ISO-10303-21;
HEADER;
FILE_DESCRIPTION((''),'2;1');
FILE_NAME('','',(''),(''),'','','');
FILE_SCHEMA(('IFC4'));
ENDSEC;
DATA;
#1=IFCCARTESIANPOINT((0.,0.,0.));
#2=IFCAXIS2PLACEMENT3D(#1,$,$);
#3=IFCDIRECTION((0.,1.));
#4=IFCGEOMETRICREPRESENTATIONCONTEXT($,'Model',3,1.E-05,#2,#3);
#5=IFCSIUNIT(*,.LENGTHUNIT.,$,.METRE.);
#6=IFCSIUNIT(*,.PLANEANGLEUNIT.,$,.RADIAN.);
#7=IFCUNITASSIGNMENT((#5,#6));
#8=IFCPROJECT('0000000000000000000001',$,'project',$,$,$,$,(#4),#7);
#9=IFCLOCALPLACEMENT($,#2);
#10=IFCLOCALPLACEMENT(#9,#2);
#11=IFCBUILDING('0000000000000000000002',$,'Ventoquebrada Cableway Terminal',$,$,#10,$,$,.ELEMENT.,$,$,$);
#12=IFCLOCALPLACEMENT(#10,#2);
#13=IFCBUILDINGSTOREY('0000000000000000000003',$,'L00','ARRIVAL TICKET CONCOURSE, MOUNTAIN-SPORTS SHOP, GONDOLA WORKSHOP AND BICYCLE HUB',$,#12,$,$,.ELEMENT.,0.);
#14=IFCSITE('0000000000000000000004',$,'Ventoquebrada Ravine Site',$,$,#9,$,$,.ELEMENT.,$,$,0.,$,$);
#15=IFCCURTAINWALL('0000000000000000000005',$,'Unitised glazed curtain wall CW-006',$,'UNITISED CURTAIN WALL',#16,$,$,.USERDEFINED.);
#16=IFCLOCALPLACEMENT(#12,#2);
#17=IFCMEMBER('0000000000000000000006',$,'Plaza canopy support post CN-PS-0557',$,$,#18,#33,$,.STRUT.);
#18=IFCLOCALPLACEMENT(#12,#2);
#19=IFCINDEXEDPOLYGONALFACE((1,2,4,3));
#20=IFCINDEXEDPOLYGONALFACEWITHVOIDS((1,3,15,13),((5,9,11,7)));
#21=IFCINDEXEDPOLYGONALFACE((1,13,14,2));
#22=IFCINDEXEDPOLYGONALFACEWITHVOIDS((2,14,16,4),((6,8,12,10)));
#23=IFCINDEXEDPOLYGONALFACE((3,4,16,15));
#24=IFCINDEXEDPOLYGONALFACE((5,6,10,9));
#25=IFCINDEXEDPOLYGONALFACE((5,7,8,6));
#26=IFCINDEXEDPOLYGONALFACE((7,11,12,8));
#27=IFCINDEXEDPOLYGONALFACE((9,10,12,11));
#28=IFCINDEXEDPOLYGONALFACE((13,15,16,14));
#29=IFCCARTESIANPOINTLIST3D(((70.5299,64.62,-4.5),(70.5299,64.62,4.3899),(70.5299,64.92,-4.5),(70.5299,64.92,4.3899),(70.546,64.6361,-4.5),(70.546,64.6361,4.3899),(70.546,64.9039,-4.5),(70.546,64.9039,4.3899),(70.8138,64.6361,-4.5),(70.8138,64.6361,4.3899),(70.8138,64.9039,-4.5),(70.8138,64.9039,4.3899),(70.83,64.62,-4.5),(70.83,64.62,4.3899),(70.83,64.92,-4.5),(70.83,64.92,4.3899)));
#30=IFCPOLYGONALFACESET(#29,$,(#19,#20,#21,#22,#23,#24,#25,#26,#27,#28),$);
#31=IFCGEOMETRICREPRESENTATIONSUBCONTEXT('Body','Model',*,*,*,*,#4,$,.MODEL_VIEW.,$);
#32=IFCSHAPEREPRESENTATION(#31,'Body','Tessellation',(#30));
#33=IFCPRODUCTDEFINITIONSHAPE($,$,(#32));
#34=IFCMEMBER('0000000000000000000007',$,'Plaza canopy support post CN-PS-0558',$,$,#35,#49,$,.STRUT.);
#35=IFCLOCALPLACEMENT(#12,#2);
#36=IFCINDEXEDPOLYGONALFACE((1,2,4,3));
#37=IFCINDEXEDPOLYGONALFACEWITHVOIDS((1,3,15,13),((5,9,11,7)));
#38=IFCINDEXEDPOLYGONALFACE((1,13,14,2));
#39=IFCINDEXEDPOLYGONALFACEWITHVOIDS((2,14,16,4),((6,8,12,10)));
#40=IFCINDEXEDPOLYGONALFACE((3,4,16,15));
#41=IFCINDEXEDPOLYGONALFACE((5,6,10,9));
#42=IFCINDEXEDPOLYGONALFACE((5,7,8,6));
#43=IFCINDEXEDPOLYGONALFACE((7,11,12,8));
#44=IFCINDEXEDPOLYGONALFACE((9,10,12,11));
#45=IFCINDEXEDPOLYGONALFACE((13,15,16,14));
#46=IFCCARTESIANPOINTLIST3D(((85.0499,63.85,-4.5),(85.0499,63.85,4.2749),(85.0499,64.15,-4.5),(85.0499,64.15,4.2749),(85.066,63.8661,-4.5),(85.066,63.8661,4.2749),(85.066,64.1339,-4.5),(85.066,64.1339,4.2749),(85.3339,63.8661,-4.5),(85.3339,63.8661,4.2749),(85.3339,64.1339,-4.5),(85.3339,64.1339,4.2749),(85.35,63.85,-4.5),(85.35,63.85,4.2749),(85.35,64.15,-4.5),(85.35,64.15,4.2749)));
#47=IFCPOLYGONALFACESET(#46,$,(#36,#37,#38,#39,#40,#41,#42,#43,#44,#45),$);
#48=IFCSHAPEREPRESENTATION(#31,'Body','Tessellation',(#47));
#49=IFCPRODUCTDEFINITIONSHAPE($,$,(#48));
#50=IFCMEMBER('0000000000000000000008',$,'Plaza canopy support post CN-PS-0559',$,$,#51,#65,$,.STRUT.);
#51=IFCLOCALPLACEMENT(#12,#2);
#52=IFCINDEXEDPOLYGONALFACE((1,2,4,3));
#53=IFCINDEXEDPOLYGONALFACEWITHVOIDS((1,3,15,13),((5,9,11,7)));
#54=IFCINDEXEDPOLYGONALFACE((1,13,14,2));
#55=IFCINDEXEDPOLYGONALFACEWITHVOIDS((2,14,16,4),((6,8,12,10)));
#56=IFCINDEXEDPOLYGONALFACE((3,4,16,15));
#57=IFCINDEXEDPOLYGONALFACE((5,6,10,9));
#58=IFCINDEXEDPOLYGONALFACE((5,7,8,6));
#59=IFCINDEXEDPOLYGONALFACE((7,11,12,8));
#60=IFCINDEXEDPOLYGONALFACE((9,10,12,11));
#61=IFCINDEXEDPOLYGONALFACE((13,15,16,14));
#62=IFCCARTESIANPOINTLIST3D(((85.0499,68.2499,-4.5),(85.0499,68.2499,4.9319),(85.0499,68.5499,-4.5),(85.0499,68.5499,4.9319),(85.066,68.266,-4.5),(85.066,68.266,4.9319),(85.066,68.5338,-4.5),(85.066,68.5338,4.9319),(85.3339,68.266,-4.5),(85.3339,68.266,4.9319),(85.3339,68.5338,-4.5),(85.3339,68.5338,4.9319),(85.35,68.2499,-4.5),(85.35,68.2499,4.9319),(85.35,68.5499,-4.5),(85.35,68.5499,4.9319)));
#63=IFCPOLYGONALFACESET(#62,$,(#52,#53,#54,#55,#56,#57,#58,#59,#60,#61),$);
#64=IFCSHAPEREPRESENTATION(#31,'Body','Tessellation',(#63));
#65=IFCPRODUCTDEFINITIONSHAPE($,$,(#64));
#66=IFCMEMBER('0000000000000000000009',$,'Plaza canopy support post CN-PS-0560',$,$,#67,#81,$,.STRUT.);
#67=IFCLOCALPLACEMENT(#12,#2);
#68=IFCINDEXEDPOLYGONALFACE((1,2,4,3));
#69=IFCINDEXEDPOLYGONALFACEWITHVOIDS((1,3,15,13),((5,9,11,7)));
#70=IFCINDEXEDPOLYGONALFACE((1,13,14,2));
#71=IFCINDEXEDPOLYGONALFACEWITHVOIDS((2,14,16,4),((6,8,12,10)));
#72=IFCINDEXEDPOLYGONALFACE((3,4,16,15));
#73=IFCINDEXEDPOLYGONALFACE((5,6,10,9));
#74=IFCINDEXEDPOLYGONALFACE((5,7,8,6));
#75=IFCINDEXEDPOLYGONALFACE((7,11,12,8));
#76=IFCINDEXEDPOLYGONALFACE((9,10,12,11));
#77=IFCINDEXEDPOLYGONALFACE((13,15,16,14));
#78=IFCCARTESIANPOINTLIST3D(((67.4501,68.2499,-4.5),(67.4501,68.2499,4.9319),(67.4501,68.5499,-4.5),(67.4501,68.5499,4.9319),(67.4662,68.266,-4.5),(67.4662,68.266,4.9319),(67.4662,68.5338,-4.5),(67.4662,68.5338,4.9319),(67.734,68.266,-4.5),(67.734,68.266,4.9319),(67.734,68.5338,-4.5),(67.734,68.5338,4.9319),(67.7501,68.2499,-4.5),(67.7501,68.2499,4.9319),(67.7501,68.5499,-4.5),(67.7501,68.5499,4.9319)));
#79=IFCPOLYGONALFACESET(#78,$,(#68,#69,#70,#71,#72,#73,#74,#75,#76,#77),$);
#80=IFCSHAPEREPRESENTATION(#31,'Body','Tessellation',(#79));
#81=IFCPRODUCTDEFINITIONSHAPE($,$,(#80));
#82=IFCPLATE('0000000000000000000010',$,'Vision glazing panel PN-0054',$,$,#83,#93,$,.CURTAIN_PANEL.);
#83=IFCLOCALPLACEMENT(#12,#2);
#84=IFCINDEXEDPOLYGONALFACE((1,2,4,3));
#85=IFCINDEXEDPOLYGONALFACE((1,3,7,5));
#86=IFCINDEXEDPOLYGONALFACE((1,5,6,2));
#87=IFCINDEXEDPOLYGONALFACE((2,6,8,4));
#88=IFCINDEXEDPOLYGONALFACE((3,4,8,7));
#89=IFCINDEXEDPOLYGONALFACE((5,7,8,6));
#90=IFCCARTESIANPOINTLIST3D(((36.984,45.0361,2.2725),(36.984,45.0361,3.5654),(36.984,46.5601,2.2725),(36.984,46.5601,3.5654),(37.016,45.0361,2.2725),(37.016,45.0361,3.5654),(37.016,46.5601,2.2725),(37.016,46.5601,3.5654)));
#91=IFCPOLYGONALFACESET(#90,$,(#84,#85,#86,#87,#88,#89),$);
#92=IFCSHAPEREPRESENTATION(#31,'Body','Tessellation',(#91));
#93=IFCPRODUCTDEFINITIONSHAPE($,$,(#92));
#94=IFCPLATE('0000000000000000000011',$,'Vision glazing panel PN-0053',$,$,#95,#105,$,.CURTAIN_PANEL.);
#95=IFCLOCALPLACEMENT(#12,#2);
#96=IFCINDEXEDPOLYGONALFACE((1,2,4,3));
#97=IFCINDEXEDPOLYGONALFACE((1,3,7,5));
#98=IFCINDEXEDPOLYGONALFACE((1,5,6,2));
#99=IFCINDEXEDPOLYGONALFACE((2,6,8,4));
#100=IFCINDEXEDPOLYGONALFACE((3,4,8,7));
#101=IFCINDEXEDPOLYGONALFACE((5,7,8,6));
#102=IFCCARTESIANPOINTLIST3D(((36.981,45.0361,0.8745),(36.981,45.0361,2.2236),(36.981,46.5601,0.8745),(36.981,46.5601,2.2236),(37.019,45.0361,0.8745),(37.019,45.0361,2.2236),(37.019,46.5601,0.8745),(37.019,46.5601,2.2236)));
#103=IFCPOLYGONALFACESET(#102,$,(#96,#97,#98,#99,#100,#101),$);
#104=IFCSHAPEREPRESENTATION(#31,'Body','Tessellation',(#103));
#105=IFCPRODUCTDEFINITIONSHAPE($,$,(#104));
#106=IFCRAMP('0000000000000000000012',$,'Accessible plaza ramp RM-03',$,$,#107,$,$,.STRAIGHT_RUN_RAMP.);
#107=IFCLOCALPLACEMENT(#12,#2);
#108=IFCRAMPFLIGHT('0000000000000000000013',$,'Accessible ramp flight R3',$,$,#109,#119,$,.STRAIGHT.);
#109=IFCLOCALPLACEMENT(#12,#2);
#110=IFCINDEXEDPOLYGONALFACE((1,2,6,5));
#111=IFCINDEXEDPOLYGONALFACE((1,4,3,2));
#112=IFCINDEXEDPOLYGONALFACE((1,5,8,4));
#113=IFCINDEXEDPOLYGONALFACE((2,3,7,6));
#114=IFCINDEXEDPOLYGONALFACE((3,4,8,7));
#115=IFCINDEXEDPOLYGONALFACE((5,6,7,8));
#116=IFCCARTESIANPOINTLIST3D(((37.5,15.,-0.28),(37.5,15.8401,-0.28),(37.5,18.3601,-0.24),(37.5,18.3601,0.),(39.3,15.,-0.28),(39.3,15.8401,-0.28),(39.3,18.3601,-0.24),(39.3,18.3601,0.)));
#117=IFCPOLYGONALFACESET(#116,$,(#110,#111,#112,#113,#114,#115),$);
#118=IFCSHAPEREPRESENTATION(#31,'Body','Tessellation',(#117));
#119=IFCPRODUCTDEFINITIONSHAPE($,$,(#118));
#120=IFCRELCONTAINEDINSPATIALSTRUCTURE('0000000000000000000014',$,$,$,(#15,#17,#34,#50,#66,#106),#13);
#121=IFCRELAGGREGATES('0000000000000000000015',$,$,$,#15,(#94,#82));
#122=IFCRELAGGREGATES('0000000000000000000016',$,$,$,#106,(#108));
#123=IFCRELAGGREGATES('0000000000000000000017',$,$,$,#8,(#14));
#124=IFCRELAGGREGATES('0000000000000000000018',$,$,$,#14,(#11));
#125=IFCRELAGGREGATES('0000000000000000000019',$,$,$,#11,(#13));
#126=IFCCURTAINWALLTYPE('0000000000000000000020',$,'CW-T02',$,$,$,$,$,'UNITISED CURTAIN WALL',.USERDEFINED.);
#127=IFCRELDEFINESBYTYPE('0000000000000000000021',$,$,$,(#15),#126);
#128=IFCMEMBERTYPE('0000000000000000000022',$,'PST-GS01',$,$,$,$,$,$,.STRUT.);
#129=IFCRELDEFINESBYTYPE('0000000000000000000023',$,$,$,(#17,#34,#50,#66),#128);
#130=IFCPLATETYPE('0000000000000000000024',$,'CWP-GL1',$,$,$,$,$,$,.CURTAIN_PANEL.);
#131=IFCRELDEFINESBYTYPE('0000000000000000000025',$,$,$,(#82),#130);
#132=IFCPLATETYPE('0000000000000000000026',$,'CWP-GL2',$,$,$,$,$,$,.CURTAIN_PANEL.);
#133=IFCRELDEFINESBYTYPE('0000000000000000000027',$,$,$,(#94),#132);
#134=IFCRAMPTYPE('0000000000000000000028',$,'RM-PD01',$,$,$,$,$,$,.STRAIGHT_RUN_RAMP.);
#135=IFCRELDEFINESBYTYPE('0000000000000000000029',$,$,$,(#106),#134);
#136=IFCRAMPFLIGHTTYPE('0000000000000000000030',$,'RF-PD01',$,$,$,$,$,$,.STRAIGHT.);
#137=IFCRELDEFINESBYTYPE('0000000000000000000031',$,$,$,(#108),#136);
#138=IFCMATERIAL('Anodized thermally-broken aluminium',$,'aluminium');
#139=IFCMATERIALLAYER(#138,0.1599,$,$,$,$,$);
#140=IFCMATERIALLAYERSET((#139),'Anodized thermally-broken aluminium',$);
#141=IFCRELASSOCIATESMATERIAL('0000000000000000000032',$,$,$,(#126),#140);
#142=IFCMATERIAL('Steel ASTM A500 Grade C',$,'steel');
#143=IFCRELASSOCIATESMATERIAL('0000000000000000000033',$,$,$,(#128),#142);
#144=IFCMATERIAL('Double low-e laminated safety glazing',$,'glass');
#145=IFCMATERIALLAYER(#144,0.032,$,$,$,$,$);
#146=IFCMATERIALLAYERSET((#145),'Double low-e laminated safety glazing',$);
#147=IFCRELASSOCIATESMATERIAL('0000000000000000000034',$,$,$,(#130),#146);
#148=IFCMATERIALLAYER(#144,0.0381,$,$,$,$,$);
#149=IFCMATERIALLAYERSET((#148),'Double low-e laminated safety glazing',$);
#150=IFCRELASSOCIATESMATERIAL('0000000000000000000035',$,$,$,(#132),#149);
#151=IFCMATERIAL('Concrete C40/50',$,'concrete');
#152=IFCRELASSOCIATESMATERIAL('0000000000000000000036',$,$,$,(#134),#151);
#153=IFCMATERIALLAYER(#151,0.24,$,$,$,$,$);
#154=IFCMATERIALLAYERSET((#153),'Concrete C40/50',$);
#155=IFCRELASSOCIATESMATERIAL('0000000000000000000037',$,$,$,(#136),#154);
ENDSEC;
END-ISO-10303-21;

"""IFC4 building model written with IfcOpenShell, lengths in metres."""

from ifc_helpers import new_model, si_unit, direction, frame, origin, origin_2d, place, context, subcontext, project, spatial, polyline, rectangle, hollow_rectangle, outline, extrude, material, layer, layer_set, material_profile, profile_set, type_object, element, aggregate, save


model = new_model("IFC4")

# Units and contexts
model_context = context("Model", 3, precision=1e-05, world=origin(), true_north=direction((0.0, 1.0)))
body_context = subcontext(model_context, "Body", "Model", "MODEL_VIEW")
ifc_project = project(units=[si_unit("LENGTHUNIT", "METRE"), si_unit("PLANEANGLEUNIT", "RADIAN")], contexts=[model_context])

# Site, building, storey
site_placement = place(None, origin())
site = spatial("IfcSite", under=ifc_project, at=site_placement, Name="Ventoquebrada Ravine Site", CompositionType="ELEMENT", RefElevation=0.0)
building_placement = place(site_placement, origin())
building = spatial("IfcBuilding", under=site, at=building_placement, Name="Ventoquebrada Cableway Terminal", CompositionType="ELEMENT")
storey_placement = place(building_placement, origin())
storey = spatial("IfcBuildingStorey", under=building, at=storey_placement, Name="L00", Description="ARRIVAL TICKET CONCOURSE, MOUNTAIN-SPORTS SHOP, GONDOLA WORKSHOP AND BICYCLE HUB", CompositionType="ELEMENT", Elevation=0.0)

# Shared definitions
ifc_material_1 = material(Name="Concrete C40/50", Category="concrete")

# Curtain wall
ifc_material_2 = material(Name="Anodized thermally-broken aluminium", Category="aluminium")
ifc_layer_1 = layer(ifc_material_2, 0.1599)
ifc_layer_set_1 = layer_set([ifc_layer_1], Name="Anodized thermally-broken aluminium")
curtain_wall_type = type_object("IfcCurtainWallType", Name="CW-T02", ElementType="UNITISED CURTAIN WALL", PredefinedType="USERDEFINED", material=ifc_layer_set_1)
curtain_wall_placement = place(storey_placement, origin())
curtain_wall = element("IfcCurtainWall", 1, at=curtain_wall_placement, inside=storey, type_object=curtain_wall_type, Name="Unitised glazed curtain wall CW-006", ObjectType="UNITISED CURTAIN WALL", PredefinedType="USERDEFINED")

# Members
ifc_material_3 = material(Name="Steel ASTM A500 Grade C", Category="steel")
ifc_material_profile_1 = material_profile(ifc_material_3, hollow_rectangle(XDim=0.3, YDim=0.3, WallThickness=0.0161, at=origin_2d()), Name="HSS300X300X16")
ifc_profile_set_1 = profile_set([ifc_material_profile_1], Name="Steel ASTM A500 Grade C")
member_type_1 = type_object("IfcMemberType", Name="PST-GS01", PredefinedType="STRUT", material=ifc_profile_set_1)
member_1_placement = place(storey_placement, frame((70.6799, 64.77, -4.5), z_axis=(0.0, 0.0, 1.0), x_axis=(1.0, 0.0, 0.0)))
element("IfcMember", 2, at=member_1_placement, inside=storey, type_object=member_type_1, Name="Plaza canopy support post CN-PS-0557", PredefinedType="STRUT", context=body_context, shape_type="SweptSolid", body=[
    extrude(hollow_rectangle(XDim=0.3, YDim=0.3, WallThickness=0.0161, at=origin_2d()), origin(), (0.0, 0.0, 1.0), 8.8899),
])
member_2_placement = place(storey_placement, frame((85.2, 64.0, -4.5), z_axis=(0.0, 0.0, 1.0), x_axis=(1.0, 0.0, 0.0)))
element("IfcMember", 3, at=member_2_placement, inside=storey, type_object=member_type_1, Name="Plaza canopy support post CN-PS-0558", PredefinedType="STRUT", context=body_context, shape_type="SweptSolid", body=[
    extrude(hollow_rectangle(XDim=0.3, YDim=0.3, WallThickness=0.0161, at=origin_2d()), origin(), (0.0, 0.0, 1.0), 8.7749),
])
for number, where, z_axis, x_axis, name in (
    (4, (85.2, 68.3999, -4.5), (0.0, 0.0, 1.0), (1.0, 0.0, 0.0), "Plaza canopy support post CN-PS-0559"),
    (5, (67.6001, 68.3999, -4.5), (0.0, 0.0, 1.0), (1.0, 0.0, 0.0), "Plaza canopy support post CN-PS-0560"),
):
    element("IfcMember", number, at=place(storey_placement, frame(where, z_axis=z_axis, x_axis=x_axis)), inside=storey, type_object=member_type_1, Name=name, PredefinedType="STRUT", context=body_context, shape_type="SweptSolid", body=[
        extrude(hollow_rectangle(XDim=0.3, YDim=0.3, WallThickness=0.0161, at=origin_2d()), origin(), (0.0, 0.0, 1.0), 9.4319),
    ])

# Plates
ifc_material_4 = material(Name="Double low-e laminated safety glazing", Category="glass")
ifc_layer_2 = layer(ifc_material_4, 0.032)
ifc_layer_set_2 = layer_set([ifc_layer_2], Name="Double low-e laminated safety glazing")
plate_type_1 = type_object("IfcPlateType", Name="CWP-GL1", PredefinedType="CURTAIN_PANEL", material=ifc_layer_set_2)
plate_1_placement = place(storey_placement, frame((37.0, 45.7981, 2.2725), z_axis=(0.0, 0.0, 1.0), x_axis=(0.0, 1.0, 0.0)))
plate_1 = element("IfcPlate", 6, at=plate_1_placement, type_object=plate_type_1, Name="Vision glazing panel PN-0054", PredefinedType="CURTAIN_PANEL", context=body_context, shape_type="SweptSolid", body=[
    extrude(rectangle(XDim=1.5239, YDim=0.032, at=origin_2d()), origin(), (0.0, 0.0, 1.0), 1.293),
])
ifc_layer_3 = layer(ifc_material_4, 0.0381)
ifc_layer_set_3 = layer_set([ifc_layer_3], Name="Double low-e laminated safety glazing")
plate_type_2 = type_object("IfcPlateType", Name="CWP-GL2", PredefinedType="CURTAIN_PANEL", material=ifc_layer_set_3)
plate_2_placement = place(storey_placement, frame((37.0, 45.7981, 0.8745), z_axis=(0.0, 0.0, 1.0), x_axis=(0.0, 1.0, 0.0)))
plate_2 = element("IfcPlate", 7, at=plate_2_placement, type_object=plate_type_2, Name="Vision glazing panel PN-0053", PredefinedType="CURTAIN_PANEL", context=body_context, shape_type="SweptSolid", body=[
    extrude(rectangle(XDim=1.5239, YDim=0.0381, at=origin_2d()), origin(), (0.0, 0.0, 1.0), 1.3491),
])
aggregate(curtain_wall, [plate_2, plate_1])

# Ramp, ramp flight
ramp_type = type_object("IfcRampType", Name="RM-PD01", PredefinedType="STRAIGHT_RUN_RAMP", material=ifc_material_1)
ramp_placement = place(storey_placement, origin())
ramp = element("IfcRamp", 8, at=ramp_placement, inside=storey, type_object=ramp_type, Name="Accessible plaza ramp RM-03", PredefinedType="STRAIGHT_RUN_RAMP")
ifc_layer_4 = layer(ifc_material_1, 0.24)
ifc_layer_set_4 = layer_set([ifc_layer_4], Name="Concrete C40/50")
ramp_flight_type = type_object("IfcRampFlightType", Name="RF-PD01", PredefinedType="STRAIGHT", material=ifc_layer_set_4)
ramp_flight_placement = place(storey_placement, frame((38.3999, 15.0, -0.28), z_axis=(0.0, 0.0, 1.0), x_axis=(0.0, 1.0, 0.0)))
ramp_flight = element("IfcRampFlight", 9, at=ramp_flight_placement, type_object=ramp_flight_type, Name="Accessible ramp flight R3", PredefinedType="STRAIGHT", context=body_context, shape_type="SweptSolid", body=[
    extrude(outline(polyline([(0.0, 0.0), (0.8401, 0.0), (3.3601, 0.04), (3.3601, 0.28), (0.0, 0.0)])), frame((0.0, 0.8999, 0.0), z_axis=(0.0, -1.0, 0.0), x_axis=(1.0, 0.0, 0.0)), (0.0, 0.0, 1.0), 1.8),
])
aggregate(ramp, [ramp_flight])

save(model, "model.ifc")
